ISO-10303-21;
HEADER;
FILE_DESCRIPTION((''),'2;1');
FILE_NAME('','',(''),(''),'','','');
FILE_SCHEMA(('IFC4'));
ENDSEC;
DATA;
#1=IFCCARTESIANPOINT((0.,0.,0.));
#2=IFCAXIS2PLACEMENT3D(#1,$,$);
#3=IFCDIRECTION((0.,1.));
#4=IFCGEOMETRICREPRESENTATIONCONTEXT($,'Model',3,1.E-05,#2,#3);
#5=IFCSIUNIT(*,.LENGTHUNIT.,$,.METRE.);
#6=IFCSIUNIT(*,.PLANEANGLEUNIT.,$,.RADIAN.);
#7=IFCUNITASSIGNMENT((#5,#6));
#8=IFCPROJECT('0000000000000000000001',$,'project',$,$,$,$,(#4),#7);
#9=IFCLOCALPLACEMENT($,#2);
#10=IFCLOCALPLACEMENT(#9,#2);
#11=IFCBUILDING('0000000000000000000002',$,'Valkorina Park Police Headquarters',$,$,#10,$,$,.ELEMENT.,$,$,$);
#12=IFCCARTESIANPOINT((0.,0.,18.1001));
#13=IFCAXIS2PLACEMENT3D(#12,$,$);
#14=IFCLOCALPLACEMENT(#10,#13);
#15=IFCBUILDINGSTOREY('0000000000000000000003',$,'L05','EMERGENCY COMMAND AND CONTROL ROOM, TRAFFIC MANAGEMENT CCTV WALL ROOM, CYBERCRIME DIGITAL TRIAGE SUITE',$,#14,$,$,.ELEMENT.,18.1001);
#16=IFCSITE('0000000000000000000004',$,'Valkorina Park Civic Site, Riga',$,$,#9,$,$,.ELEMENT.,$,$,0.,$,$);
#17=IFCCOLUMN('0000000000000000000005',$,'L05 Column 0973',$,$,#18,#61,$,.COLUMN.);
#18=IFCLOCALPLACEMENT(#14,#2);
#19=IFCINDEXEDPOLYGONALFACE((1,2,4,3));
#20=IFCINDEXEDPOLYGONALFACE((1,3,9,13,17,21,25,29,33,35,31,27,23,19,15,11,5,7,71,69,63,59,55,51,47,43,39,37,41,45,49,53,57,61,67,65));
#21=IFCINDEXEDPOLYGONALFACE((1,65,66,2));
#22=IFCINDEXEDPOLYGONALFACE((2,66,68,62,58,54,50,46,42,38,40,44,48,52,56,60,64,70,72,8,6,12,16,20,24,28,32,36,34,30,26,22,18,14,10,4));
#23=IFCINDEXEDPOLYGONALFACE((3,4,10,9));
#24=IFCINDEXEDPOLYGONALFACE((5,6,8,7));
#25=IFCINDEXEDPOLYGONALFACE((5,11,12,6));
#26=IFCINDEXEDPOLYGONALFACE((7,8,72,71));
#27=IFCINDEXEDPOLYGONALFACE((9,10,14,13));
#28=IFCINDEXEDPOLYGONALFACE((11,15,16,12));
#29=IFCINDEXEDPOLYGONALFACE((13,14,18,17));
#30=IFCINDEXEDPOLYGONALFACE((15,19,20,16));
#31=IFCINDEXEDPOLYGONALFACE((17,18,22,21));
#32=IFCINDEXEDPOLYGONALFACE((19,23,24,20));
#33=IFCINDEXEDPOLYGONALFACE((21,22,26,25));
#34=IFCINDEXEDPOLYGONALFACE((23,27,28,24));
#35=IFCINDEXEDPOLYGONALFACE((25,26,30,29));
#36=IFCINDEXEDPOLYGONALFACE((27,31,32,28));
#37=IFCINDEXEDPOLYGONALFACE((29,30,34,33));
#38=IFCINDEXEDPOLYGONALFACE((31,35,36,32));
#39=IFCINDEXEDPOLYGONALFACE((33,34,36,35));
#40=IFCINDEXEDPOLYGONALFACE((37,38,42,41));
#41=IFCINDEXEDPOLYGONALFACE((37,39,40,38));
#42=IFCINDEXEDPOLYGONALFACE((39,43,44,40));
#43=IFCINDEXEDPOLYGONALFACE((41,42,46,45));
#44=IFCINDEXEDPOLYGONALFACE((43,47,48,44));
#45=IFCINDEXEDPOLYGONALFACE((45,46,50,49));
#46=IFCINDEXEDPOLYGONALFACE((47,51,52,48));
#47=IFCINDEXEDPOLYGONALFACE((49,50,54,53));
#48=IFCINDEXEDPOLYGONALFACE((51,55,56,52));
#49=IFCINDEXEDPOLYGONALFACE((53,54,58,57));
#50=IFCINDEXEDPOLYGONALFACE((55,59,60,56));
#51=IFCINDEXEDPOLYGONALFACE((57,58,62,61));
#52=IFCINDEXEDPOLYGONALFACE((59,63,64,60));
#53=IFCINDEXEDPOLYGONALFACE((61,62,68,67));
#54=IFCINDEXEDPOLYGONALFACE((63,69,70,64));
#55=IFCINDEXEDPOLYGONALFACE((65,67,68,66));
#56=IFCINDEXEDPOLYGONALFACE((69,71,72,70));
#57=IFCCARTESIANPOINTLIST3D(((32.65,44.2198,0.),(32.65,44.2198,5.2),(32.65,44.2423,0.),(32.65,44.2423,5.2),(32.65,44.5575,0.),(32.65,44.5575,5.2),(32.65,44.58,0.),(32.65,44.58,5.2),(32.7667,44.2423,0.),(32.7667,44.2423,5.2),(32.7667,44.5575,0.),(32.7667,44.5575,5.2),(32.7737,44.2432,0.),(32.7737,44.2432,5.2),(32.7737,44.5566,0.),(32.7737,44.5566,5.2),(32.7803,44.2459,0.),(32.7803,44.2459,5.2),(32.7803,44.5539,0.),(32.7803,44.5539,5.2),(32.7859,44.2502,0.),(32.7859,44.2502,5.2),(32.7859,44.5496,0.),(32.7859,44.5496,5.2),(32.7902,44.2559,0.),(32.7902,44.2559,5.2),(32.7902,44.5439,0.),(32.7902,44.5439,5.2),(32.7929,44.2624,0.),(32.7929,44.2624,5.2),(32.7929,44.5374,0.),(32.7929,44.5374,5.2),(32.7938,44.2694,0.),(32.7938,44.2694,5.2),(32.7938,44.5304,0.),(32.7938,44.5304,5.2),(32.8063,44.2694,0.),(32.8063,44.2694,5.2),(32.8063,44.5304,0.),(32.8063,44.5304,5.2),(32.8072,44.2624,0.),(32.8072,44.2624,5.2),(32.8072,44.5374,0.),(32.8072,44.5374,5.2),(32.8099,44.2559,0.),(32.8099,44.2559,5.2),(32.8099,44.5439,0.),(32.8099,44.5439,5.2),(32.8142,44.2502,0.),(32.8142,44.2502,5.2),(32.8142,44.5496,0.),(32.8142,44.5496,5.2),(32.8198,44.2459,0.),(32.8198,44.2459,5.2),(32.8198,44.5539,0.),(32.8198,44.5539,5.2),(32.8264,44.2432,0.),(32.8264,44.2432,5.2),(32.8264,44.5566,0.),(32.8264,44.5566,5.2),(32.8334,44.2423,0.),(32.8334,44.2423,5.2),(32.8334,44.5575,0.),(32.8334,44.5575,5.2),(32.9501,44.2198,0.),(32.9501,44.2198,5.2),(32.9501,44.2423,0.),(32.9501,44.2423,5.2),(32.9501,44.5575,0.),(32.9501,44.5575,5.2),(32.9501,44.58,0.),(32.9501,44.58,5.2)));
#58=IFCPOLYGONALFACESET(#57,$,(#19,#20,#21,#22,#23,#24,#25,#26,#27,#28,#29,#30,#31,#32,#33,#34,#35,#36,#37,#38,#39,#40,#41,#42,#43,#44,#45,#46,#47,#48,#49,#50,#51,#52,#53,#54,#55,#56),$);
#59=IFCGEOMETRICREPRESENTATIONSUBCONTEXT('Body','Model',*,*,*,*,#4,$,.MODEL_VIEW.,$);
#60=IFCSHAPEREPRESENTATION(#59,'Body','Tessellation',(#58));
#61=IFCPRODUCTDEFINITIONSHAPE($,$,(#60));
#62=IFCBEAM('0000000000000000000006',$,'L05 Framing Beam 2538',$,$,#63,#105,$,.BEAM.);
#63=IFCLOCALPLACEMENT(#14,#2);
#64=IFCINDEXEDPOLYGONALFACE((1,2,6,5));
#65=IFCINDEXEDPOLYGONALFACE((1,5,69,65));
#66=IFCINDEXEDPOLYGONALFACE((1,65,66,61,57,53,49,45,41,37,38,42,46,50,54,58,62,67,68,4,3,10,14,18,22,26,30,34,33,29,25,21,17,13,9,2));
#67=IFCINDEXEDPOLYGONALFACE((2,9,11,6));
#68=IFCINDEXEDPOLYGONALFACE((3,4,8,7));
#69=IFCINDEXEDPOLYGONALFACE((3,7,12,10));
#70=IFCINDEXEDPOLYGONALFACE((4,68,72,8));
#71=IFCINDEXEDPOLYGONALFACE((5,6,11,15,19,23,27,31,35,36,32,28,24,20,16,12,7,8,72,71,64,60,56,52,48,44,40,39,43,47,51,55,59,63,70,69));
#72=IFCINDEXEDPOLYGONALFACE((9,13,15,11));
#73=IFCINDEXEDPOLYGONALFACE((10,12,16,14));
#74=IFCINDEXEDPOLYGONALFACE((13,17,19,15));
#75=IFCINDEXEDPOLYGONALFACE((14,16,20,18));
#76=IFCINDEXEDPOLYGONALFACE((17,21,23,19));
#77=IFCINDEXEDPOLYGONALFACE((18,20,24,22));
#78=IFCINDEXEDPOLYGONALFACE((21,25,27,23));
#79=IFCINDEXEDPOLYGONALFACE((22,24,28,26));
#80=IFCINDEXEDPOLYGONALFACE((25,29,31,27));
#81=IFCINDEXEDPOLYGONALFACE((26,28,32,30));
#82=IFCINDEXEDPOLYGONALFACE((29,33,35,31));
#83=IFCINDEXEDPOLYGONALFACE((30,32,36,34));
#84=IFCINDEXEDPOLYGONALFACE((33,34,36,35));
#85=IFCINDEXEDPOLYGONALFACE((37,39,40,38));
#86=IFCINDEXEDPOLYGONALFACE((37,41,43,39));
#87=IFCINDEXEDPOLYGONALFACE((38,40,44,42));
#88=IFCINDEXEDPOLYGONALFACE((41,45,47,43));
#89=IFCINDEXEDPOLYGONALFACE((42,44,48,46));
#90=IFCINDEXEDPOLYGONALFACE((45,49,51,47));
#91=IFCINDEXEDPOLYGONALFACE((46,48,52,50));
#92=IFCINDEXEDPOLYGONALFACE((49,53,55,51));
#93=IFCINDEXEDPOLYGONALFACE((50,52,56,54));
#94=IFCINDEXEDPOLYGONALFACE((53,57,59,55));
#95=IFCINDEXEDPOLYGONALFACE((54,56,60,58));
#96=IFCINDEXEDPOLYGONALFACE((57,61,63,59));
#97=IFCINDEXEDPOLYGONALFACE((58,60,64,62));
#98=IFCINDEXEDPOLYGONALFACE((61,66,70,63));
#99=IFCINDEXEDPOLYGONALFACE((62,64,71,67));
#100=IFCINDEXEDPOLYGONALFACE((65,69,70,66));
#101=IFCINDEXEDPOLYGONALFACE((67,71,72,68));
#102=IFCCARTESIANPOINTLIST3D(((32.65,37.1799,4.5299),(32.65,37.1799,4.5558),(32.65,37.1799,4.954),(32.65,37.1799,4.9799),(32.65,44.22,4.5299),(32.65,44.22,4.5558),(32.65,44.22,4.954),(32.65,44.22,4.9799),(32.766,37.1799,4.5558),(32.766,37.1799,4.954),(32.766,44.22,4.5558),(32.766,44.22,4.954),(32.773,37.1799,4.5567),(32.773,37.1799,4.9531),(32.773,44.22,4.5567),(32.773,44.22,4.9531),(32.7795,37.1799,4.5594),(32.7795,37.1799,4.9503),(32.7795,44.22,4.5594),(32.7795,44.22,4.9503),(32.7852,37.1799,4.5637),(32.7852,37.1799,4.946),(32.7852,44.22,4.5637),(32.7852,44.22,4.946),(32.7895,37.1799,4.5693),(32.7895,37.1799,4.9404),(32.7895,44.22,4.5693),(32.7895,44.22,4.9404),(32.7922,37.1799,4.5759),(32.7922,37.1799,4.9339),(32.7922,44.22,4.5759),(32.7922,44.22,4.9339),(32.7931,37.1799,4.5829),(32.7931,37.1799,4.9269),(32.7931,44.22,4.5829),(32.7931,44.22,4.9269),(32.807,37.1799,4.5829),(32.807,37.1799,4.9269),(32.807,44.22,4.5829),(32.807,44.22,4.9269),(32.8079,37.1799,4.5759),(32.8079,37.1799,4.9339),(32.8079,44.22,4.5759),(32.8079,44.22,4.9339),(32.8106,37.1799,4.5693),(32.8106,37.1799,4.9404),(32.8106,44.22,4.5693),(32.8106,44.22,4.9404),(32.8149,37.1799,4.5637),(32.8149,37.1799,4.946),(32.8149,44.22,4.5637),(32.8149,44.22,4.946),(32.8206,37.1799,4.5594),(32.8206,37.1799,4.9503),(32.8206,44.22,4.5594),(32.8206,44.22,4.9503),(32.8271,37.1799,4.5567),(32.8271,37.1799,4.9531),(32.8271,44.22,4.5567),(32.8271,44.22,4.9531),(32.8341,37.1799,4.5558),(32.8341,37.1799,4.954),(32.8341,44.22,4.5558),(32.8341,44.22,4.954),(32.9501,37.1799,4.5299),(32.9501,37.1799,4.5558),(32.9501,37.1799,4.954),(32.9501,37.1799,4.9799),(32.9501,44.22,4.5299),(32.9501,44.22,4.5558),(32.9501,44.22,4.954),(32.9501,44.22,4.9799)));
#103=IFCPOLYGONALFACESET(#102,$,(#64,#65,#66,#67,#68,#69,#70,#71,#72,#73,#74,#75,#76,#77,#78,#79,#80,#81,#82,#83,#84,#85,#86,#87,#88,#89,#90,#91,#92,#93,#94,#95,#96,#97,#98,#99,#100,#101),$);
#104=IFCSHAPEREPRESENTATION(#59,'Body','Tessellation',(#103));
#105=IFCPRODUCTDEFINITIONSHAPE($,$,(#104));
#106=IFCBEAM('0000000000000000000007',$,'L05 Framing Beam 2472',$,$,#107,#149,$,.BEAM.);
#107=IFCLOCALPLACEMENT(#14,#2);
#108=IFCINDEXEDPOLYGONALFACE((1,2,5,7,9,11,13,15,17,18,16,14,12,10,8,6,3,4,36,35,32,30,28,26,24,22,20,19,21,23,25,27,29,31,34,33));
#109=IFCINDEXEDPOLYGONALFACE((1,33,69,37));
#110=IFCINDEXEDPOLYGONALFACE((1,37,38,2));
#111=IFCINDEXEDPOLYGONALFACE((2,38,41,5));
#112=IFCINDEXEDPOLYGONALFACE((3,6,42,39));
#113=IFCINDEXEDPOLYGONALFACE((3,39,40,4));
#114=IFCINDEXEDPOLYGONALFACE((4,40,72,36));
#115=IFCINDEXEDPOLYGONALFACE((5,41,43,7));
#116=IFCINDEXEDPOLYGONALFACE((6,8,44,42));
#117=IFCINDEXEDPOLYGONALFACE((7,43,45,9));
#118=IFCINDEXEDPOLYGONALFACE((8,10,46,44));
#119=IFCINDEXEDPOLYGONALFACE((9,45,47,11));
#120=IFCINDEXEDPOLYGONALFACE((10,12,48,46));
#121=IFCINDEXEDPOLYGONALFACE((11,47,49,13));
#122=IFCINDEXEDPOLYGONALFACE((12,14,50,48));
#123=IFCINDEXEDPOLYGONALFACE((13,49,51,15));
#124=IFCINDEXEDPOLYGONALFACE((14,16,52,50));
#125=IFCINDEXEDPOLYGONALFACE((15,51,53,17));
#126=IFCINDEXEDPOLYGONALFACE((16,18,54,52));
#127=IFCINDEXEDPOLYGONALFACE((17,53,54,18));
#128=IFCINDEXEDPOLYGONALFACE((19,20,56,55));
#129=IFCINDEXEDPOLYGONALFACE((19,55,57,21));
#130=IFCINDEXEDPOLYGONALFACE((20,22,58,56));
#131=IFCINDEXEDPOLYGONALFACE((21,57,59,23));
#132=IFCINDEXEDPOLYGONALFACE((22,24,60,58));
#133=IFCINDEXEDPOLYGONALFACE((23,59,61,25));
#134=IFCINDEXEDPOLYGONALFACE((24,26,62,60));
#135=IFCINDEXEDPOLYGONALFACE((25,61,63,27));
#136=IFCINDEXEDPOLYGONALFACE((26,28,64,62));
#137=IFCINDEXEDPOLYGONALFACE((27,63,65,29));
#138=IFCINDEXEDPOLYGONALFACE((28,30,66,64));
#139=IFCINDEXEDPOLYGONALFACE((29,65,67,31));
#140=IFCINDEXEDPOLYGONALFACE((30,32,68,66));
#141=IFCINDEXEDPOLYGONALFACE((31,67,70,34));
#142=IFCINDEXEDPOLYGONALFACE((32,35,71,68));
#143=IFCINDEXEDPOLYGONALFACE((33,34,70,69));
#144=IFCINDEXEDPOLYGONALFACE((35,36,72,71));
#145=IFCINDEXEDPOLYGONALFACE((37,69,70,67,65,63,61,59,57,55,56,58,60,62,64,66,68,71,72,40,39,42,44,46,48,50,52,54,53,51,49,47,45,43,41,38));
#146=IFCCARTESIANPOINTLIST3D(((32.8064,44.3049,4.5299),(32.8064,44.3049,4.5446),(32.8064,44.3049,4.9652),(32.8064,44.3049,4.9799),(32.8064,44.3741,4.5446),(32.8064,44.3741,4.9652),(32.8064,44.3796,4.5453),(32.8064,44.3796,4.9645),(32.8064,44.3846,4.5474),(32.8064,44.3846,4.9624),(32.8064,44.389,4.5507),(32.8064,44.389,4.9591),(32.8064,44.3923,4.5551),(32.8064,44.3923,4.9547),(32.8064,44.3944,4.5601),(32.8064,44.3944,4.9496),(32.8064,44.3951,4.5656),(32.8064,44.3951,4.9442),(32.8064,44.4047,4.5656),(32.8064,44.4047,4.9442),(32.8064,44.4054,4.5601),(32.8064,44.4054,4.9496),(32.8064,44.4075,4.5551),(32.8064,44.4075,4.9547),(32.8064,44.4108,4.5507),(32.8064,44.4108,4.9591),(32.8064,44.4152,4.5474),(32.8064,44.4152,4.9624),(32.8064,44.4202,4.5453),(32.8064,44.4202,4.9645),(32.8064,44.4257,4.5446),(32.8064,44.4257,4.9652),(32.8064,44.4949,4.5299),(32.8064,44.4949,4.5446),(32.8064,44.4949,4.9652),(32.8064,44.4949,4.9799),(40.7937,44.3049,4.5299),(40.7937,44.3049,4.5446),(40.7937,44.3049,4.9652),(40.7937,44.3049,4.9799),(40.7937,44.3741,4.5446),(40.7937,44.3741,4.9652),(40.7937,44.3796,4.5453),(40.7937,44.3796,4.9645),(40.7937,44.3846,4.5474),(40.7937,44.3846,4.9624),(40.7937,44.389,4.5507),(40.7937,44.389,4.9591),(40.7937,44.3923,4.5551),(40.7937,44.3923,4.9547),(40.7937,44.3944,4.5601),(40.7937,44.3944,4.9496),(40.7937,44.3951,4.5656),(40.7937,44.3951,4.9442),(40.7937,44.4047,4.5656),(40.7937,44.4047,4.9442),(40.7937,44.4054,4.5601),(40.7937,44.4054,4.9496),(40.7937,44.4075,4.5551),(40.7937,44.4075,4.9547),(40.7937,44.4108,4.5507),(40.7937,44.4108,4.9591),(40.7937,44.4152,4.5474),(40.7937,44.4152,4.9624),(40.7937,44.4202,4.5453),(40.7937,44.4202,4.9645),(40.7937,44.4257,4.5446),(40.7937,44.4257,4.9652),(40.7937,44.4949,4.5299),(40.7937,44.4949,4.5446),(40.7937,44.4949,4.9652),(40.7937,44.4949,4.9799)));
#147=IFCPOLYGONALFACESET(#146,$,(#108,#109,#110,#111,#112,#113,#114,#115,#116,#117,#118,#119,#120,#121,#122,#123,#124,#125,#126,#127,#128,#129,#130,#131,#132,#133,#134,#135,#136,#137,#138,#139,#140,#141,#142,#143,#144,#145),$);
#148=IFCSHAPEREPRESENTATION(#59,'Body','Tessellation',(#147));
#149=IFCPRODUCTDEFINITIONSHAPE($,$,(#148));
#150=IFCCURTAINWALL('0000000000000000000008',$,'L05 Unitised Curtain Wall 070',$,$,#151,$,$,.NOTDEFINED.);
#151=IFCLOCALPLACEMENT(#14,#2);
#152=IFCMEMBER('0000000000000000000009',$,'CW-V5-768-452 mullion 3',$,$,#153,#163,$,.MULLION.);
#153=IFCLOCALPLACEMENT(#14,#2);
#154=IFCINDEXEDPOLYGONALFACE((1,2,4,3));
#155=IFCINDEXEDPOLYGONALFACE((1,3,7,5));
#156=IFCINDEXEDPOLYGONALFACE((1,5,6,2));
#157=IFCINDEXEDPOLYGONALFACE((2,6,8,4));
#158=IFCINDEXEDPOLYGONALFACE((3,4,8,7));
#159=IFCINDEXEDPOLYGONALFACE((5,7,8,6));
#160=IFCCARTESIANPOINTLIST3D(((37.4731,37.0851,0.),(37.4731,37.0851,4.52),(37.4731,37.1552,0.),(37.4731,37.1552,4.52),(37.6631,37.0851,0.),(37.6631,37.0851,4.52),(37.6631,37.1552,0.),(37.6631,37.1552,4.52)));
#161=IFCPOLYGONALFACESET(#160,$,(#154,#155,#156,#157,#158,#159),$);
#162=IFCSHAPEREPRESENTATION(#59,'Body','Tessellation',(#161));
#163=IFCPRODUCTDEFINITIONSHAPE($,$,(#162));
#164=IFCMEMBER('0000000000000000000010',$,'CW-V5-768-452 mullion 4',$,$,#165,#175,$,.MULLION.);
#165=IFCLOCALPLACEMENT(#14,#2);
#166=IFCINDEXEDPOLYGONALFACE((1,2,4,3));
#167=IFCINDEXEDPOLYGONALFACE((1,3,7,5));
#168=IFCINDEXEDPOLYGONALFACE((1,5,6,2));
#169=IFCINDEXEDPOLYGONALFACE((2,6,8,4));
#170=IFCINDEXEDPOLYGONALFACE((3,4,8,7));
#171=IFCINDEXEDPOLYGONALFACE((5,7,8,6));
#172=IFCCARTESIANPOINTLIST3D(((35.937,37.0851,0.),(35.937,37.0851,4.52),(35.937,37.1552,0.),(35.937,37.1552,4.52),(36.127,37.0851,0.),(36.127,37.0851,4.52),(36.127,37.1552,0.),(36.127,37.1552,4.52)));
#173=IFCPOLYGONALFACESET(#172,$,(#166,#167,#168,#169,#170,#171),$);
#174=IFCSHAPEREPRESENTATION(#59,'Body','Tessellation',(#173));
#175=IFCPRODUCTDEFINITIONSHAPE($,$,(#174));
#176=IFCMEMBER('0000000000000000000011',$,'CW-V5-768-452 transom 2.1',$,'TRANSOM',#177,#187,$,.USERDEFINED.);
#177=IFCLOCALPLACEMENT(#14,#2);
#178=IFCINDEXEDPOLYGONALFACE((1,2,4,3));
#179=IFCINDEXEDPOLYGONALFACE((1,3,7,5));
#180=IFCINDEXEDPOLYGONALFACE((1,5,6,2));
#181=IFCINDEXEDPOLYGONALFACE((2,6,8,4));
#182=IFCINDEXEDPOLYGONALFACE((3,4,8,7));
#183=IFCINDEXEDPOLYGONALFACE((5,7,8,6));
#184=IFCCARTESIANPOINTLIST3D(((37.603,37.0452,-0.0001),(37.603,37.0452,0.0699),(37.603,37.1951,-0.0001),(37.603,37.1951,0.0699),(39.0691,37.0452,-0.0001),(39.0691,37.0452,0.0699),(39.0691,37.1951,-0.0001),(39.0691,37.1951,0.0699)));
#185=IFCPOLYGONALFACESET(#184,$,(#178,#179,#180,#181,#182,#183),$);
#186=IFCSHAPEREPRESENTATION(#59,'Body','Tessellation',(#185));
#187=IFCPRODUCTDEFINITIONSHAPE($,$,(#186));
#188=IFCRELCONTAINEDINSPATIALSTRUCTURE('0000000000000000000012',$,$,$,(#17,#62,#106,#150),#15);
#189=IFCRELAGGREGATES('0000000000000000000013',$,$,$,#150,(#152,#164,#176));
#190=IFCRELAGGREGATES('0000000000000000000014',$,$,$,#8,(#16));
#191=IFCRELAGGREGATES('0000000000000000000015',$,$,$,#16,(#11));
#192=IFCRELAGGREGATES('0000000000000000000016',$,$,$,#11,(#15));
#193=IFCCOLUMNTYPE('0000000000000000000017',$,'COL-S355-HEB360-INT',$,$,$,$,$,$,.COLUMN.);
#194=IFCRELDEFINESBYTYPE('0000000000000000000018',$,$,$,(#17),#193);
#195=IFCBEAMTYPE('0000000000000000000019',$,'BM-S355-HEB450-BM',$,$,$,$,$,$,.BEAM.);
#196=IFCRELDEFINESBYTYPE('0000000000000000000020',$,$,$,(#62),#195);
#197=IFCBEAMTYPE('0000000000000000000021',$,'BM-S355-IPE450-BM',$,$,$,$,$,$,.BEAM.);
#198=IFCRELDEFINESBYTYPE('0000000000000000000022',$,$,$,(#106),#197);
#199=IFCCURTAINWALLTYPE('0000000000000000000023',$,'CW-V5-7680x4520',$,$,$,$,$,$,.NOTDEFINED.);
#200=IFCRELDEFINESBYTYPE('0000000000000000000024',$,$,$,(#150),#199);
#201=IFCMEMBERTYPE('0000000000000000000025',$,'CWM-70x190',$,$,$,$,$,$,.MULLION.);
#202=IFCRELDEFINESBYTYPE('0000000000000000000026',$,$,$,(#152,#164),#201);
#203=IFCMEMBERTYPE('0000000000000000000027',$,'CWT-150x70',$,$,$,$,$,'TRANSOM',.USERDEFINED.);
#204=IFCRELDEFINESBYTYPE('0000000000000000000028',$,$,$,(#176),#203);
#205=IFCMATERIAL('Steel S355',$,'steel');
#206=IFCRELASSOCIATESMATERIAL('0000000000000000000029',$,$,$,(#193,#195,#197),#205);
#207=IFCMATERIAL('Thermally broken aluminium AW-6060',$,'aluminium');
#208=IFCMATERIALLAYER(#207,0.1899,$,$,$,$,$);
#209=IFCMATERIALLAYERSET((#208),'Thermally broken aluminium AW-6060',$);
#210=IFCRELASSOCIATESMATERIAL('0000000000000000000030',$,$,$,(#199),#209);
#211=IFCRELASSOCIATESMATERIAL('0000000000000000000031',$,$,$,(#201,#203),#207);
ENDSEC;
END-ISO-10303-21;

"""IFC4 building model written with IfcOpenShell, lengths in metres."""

from ifc_helpers import new_model, si_unit, direction, frame, origin, origin_2d, place, context, subcontext, project, spatial, rectangle, i_section, extrude, material, layer, layer_set, material_profile, profile_set, type_object, element, aggregate, save


model = new_model("IFC4")

# Units and contexts
model_context = context("Model", 3, precision=1e-05, world=origin(), true_north=direction((0.0, 1.0)))
body_context = subcontext(model_context, "Body", "Model", "MODEL_VIEW")
ifc_project = project(units=[si_unit("LENGTHUNIT", "METRE"), si_unit("PLANEANGLEUNIT", "RADIAN")], contexts=[model_context])

# Site, building, storey
site_placement = place(None, origin())
site = spatial("IfcSite", under=ifc_project, at=site_placement, Name="Valkorina Park Civic Site, Riga", CompositionType="ELEMENT", RefElevation=0.0)
building_placement = place(site_placement, origin())
building = spatial("IfcBuilding", under=site, at=building_placement, Name="Valkorina Park Police Headquarters", CompositionType="ELEMENT")
storey_placement = place(building_placement, frame((0.0, 0.0, 18.1001)))
storey = spatial("IfcBuildingStorey", under=building, at=storey_placement, Name="L05", Description="EMERGENCY COMMAND AND CONTROL ROOM, TRAFFIC MANAGEMENT CCTV WALL ROOM, CYBERCRIME DIGITAL TRIAGE SUITE", CompositionType="ELEMENT", Elevation=18.1001)

# Column
ifc_material_1 = material(Name="Steel S355", Category="steel")
ifc_material_profile_1 = material_profile(ifc_material_1, i_section(OverallWidth=0.3, OverallDepth=0.3601, WebThickness=0.0125, FlangeThickness=0.0225, FilletRadius=0.0271, at=origin_2d()), Name="HEB 360")
ifc_profile_set_1 = profile_set([ifc_material_profile_1], Name="Steel S355")
column_type = type_object("IfcColumnType", Name="COL-S355-HEB360-INT", PredefinedType="COLUMN", material=ifc_profile_set_1)
column_placement = place(storey_placement, frame((32.8, 44.3999, 0.0), z_axis=(0.0, 0.0, 1.0), x_axis=(1.0, 0.0, 0.0)))
element("IfcColumn", 1, at=column_placement, inside=storey, type_object=column_type, Name="L05 Column 0973", PredefinedType="COLUMN", context=body_context, shape_type="SweptSolid", body=[
    extrude(i_section(OverallWidth=0.3, OverallDepth=0.3601, WebThickness=0.0125, FlangeThickness=0.0225, FilletRadius=0.0271, at=origin_2d()), origin(), (0.0, 0.0, 1.0), 5.2),
])

# Beams
ifc_material_profile_2 = material_profile(ifc_material_1, i_section(OverallWidth=0.3, OverallDepth=0.45, WebThickness=0.0139, FlangeThickness=0.0259, FilletRadius=0.0271, at=origin_2d()), Name="HEB 450")
ifc_profile_set_2 = profile_set([ifc_material_profile_2], Name="Steel S355")
beam_type_1 = type_object("IfcBeamType", Name="BM-S355-HEB450-BM", PredefinedType="BEAM", material=ifc_profile_set_2)
beam_1_placement = place(storey_placement, frame((32.8, 37.1799, 4.7549), z_axis=(0.0, 1.0, 0.0), x_axis=(-1.0, 0.0, 0.0)))
element("IfcBeam", 2, at=beam_1_placement, inside=storey, type_object=beam_type_1, Name="L05 Framing Beam 2538", PredefinedType="BEAM", context=body_context, shape_type="SweptSolid", body=[
    extrude(i_section(OverallWidth=0.3, OverallDepth=0.45, WebThickness=0.0139, FlangeThickness=0.0259, FilletRadius=0.0271, at=origin_2d()), origin(), (0.0, 0.0, 1.0), 7.04),
])
ifc_material_profile_3 = material_profile(ifc_material_1, i_section(OverallWidth=0.1899, OverallDepth=0.45, WebThickness=0.0095, FlangeThickness=0.0146, FilletRadius=0.021, at=origin_2d()), Name="IPE 450")
ifc_profile_set_3 = profile_set([ifc_material_profile_3], Name="Steel S355")
beam_type_2 = type_object("IfcBeamType", Name="BM-S355-IPE450-BM", PredefinedType="BEAM", material=ifc_profile_set_3)
beam_2_placement = place(storey_placement, frame((32.8064, 44.3999, 4.7549), z_axis=(1.0, 0.0, 0.0), x_axis=(0.0, 1.0, 0.0)))
element("IfcBeam", 3, at=beam_2_placement, inside=storey, type_object=beam_type_2, Name="L05 Framing Beam 2472", PredefinedType="BEAM", context=body_context, shape_type="SweptSolid", body=[
    extrude(i_section(OverallWidth=0.1899, OverallDepth=0.45, WebThickness=0.0095, FlangeThickness=0.0146, FilletRadius=0.021, at=origin_2d()), origin(), (0.0, 0.0, 1.0), 7.9873),
])

# Curtain wall, members
ifc_material_2 = material(Name="Thermally broken aluminium AW-6060", Category="aluminium")
ifc_layer_1 = layer(ifc_material_2, 0.1899)
ifc_layer_set_1 = layer_set([ifc_layer_1], Name="Thermally broken aluminium AW-6060")
curtain_wall_type = type_object("IfcCurtainWallType", Name="CW-V5-7680x4520", PredefinedType="NOTDEFINED", material=ifc_layer_set_1)
curtain_wall_placement = place(storey_placement, origin())
curtain_wall = element("IfcCurtainWall", 4, at=curtain_wall_placement, inside=storey, type_object=curtain_wall_type, Name="L05 Unitised Curtain Wall 070", PredefinedType="NOTDEFINED")
ifc_material_profile_4 = material_profile(ifc_material_2, rectangle(XDim=0.0701, YDim=0.1899, at=origin_2d()), Name="CWM-02 70x190")
ifc_profile_set_4 = profile_set([ifc_material_profile_4], Name="Thermally broken aluminium AW-6060")
member_type_1 = type_object("IfcMemberType", Name="CWM-70x190", PredefinedType="MULLION", material=ifc_profile_set_4)
member_1_placement = place(storey_placement, frame((37.5681, 37.1201, 0.0), z_axis=(0.0, 0.0, 1.0), x_axis=(0.0, -1.0, 0.0)))
member_1 = element("IfcMember", 5, at=member_1_placement, type_object=member_type_1, Name="CW-V5-768-452 mullion 3", PredefinedType="MULLION", context=body_context, shape_type="SweptSolid", body=[
    extrude(rectangle(XDim=0.0701, YDim=0.1899, at=origin_2d()), origin(), (0.0, 0.0, 1.0), 4.52),
])
member_2_placement = place(storey_placement, frame((36.032, 37.1201, 0.0), z_axis=(0.0, 0.0, 1.0), x_axis=(0.0, -1.0, 0.0)))
member_2 = element("IfcMember", 6, at=member_2_placement, type_object=member_type_1, Name="CW-V5-768-452 mullion 4", PredefinedType="MULLION", context=body_context, shape_type="SweptSolid", body=[
    extrude(rectangle(XDim=0.0701, YDim=0.1899, at=origin_2d()), origin(), (0.0, 0.0, 1.0), 4.52),
])
ifc_material_profile_5 = material_profile(ifc_material_2, rectangle(XDim=0.1499, YDim=0.0701, at=origin_2d()), Name="CWT-02 150x70")
ifc_profile_set_5 = profile_set([ifc_material_profile_5], Name="Thermally broken aluminium AW-6060")
member_type_2 = type_object("IfcMemberType", Name="CWT-150x70", ElementType="TRANSOM", PredefinedType="USERDEFINED", material=ifc_profile_set_5)
member_3_placement = place(storey_placement, frame((39.0691, 37.1201, 0.0349), z_axis=(-1.0, 0.0, 0.0), x_axis=(0.0, -1.0, 0.0)))
member_3 = element("IfcMember", 7, at=member_3_placement, type_object=member_type_2, Name="CW-V5-768-452 transom 2.1", ObjectType="TRANSOM", PredefinedType="USERDEFINED", context=body_context, shape_type="SweptSolid", body=[
    extrude(rectangle(XDim=0.1499, YDim=0.0701, at=origin_2d()), origin(), (0.0, 0.0, 1.0), 1.4661),
])
aggregate(curtain_wall, [member_1, member_2, member_3])

save(model, "model.ifc")
